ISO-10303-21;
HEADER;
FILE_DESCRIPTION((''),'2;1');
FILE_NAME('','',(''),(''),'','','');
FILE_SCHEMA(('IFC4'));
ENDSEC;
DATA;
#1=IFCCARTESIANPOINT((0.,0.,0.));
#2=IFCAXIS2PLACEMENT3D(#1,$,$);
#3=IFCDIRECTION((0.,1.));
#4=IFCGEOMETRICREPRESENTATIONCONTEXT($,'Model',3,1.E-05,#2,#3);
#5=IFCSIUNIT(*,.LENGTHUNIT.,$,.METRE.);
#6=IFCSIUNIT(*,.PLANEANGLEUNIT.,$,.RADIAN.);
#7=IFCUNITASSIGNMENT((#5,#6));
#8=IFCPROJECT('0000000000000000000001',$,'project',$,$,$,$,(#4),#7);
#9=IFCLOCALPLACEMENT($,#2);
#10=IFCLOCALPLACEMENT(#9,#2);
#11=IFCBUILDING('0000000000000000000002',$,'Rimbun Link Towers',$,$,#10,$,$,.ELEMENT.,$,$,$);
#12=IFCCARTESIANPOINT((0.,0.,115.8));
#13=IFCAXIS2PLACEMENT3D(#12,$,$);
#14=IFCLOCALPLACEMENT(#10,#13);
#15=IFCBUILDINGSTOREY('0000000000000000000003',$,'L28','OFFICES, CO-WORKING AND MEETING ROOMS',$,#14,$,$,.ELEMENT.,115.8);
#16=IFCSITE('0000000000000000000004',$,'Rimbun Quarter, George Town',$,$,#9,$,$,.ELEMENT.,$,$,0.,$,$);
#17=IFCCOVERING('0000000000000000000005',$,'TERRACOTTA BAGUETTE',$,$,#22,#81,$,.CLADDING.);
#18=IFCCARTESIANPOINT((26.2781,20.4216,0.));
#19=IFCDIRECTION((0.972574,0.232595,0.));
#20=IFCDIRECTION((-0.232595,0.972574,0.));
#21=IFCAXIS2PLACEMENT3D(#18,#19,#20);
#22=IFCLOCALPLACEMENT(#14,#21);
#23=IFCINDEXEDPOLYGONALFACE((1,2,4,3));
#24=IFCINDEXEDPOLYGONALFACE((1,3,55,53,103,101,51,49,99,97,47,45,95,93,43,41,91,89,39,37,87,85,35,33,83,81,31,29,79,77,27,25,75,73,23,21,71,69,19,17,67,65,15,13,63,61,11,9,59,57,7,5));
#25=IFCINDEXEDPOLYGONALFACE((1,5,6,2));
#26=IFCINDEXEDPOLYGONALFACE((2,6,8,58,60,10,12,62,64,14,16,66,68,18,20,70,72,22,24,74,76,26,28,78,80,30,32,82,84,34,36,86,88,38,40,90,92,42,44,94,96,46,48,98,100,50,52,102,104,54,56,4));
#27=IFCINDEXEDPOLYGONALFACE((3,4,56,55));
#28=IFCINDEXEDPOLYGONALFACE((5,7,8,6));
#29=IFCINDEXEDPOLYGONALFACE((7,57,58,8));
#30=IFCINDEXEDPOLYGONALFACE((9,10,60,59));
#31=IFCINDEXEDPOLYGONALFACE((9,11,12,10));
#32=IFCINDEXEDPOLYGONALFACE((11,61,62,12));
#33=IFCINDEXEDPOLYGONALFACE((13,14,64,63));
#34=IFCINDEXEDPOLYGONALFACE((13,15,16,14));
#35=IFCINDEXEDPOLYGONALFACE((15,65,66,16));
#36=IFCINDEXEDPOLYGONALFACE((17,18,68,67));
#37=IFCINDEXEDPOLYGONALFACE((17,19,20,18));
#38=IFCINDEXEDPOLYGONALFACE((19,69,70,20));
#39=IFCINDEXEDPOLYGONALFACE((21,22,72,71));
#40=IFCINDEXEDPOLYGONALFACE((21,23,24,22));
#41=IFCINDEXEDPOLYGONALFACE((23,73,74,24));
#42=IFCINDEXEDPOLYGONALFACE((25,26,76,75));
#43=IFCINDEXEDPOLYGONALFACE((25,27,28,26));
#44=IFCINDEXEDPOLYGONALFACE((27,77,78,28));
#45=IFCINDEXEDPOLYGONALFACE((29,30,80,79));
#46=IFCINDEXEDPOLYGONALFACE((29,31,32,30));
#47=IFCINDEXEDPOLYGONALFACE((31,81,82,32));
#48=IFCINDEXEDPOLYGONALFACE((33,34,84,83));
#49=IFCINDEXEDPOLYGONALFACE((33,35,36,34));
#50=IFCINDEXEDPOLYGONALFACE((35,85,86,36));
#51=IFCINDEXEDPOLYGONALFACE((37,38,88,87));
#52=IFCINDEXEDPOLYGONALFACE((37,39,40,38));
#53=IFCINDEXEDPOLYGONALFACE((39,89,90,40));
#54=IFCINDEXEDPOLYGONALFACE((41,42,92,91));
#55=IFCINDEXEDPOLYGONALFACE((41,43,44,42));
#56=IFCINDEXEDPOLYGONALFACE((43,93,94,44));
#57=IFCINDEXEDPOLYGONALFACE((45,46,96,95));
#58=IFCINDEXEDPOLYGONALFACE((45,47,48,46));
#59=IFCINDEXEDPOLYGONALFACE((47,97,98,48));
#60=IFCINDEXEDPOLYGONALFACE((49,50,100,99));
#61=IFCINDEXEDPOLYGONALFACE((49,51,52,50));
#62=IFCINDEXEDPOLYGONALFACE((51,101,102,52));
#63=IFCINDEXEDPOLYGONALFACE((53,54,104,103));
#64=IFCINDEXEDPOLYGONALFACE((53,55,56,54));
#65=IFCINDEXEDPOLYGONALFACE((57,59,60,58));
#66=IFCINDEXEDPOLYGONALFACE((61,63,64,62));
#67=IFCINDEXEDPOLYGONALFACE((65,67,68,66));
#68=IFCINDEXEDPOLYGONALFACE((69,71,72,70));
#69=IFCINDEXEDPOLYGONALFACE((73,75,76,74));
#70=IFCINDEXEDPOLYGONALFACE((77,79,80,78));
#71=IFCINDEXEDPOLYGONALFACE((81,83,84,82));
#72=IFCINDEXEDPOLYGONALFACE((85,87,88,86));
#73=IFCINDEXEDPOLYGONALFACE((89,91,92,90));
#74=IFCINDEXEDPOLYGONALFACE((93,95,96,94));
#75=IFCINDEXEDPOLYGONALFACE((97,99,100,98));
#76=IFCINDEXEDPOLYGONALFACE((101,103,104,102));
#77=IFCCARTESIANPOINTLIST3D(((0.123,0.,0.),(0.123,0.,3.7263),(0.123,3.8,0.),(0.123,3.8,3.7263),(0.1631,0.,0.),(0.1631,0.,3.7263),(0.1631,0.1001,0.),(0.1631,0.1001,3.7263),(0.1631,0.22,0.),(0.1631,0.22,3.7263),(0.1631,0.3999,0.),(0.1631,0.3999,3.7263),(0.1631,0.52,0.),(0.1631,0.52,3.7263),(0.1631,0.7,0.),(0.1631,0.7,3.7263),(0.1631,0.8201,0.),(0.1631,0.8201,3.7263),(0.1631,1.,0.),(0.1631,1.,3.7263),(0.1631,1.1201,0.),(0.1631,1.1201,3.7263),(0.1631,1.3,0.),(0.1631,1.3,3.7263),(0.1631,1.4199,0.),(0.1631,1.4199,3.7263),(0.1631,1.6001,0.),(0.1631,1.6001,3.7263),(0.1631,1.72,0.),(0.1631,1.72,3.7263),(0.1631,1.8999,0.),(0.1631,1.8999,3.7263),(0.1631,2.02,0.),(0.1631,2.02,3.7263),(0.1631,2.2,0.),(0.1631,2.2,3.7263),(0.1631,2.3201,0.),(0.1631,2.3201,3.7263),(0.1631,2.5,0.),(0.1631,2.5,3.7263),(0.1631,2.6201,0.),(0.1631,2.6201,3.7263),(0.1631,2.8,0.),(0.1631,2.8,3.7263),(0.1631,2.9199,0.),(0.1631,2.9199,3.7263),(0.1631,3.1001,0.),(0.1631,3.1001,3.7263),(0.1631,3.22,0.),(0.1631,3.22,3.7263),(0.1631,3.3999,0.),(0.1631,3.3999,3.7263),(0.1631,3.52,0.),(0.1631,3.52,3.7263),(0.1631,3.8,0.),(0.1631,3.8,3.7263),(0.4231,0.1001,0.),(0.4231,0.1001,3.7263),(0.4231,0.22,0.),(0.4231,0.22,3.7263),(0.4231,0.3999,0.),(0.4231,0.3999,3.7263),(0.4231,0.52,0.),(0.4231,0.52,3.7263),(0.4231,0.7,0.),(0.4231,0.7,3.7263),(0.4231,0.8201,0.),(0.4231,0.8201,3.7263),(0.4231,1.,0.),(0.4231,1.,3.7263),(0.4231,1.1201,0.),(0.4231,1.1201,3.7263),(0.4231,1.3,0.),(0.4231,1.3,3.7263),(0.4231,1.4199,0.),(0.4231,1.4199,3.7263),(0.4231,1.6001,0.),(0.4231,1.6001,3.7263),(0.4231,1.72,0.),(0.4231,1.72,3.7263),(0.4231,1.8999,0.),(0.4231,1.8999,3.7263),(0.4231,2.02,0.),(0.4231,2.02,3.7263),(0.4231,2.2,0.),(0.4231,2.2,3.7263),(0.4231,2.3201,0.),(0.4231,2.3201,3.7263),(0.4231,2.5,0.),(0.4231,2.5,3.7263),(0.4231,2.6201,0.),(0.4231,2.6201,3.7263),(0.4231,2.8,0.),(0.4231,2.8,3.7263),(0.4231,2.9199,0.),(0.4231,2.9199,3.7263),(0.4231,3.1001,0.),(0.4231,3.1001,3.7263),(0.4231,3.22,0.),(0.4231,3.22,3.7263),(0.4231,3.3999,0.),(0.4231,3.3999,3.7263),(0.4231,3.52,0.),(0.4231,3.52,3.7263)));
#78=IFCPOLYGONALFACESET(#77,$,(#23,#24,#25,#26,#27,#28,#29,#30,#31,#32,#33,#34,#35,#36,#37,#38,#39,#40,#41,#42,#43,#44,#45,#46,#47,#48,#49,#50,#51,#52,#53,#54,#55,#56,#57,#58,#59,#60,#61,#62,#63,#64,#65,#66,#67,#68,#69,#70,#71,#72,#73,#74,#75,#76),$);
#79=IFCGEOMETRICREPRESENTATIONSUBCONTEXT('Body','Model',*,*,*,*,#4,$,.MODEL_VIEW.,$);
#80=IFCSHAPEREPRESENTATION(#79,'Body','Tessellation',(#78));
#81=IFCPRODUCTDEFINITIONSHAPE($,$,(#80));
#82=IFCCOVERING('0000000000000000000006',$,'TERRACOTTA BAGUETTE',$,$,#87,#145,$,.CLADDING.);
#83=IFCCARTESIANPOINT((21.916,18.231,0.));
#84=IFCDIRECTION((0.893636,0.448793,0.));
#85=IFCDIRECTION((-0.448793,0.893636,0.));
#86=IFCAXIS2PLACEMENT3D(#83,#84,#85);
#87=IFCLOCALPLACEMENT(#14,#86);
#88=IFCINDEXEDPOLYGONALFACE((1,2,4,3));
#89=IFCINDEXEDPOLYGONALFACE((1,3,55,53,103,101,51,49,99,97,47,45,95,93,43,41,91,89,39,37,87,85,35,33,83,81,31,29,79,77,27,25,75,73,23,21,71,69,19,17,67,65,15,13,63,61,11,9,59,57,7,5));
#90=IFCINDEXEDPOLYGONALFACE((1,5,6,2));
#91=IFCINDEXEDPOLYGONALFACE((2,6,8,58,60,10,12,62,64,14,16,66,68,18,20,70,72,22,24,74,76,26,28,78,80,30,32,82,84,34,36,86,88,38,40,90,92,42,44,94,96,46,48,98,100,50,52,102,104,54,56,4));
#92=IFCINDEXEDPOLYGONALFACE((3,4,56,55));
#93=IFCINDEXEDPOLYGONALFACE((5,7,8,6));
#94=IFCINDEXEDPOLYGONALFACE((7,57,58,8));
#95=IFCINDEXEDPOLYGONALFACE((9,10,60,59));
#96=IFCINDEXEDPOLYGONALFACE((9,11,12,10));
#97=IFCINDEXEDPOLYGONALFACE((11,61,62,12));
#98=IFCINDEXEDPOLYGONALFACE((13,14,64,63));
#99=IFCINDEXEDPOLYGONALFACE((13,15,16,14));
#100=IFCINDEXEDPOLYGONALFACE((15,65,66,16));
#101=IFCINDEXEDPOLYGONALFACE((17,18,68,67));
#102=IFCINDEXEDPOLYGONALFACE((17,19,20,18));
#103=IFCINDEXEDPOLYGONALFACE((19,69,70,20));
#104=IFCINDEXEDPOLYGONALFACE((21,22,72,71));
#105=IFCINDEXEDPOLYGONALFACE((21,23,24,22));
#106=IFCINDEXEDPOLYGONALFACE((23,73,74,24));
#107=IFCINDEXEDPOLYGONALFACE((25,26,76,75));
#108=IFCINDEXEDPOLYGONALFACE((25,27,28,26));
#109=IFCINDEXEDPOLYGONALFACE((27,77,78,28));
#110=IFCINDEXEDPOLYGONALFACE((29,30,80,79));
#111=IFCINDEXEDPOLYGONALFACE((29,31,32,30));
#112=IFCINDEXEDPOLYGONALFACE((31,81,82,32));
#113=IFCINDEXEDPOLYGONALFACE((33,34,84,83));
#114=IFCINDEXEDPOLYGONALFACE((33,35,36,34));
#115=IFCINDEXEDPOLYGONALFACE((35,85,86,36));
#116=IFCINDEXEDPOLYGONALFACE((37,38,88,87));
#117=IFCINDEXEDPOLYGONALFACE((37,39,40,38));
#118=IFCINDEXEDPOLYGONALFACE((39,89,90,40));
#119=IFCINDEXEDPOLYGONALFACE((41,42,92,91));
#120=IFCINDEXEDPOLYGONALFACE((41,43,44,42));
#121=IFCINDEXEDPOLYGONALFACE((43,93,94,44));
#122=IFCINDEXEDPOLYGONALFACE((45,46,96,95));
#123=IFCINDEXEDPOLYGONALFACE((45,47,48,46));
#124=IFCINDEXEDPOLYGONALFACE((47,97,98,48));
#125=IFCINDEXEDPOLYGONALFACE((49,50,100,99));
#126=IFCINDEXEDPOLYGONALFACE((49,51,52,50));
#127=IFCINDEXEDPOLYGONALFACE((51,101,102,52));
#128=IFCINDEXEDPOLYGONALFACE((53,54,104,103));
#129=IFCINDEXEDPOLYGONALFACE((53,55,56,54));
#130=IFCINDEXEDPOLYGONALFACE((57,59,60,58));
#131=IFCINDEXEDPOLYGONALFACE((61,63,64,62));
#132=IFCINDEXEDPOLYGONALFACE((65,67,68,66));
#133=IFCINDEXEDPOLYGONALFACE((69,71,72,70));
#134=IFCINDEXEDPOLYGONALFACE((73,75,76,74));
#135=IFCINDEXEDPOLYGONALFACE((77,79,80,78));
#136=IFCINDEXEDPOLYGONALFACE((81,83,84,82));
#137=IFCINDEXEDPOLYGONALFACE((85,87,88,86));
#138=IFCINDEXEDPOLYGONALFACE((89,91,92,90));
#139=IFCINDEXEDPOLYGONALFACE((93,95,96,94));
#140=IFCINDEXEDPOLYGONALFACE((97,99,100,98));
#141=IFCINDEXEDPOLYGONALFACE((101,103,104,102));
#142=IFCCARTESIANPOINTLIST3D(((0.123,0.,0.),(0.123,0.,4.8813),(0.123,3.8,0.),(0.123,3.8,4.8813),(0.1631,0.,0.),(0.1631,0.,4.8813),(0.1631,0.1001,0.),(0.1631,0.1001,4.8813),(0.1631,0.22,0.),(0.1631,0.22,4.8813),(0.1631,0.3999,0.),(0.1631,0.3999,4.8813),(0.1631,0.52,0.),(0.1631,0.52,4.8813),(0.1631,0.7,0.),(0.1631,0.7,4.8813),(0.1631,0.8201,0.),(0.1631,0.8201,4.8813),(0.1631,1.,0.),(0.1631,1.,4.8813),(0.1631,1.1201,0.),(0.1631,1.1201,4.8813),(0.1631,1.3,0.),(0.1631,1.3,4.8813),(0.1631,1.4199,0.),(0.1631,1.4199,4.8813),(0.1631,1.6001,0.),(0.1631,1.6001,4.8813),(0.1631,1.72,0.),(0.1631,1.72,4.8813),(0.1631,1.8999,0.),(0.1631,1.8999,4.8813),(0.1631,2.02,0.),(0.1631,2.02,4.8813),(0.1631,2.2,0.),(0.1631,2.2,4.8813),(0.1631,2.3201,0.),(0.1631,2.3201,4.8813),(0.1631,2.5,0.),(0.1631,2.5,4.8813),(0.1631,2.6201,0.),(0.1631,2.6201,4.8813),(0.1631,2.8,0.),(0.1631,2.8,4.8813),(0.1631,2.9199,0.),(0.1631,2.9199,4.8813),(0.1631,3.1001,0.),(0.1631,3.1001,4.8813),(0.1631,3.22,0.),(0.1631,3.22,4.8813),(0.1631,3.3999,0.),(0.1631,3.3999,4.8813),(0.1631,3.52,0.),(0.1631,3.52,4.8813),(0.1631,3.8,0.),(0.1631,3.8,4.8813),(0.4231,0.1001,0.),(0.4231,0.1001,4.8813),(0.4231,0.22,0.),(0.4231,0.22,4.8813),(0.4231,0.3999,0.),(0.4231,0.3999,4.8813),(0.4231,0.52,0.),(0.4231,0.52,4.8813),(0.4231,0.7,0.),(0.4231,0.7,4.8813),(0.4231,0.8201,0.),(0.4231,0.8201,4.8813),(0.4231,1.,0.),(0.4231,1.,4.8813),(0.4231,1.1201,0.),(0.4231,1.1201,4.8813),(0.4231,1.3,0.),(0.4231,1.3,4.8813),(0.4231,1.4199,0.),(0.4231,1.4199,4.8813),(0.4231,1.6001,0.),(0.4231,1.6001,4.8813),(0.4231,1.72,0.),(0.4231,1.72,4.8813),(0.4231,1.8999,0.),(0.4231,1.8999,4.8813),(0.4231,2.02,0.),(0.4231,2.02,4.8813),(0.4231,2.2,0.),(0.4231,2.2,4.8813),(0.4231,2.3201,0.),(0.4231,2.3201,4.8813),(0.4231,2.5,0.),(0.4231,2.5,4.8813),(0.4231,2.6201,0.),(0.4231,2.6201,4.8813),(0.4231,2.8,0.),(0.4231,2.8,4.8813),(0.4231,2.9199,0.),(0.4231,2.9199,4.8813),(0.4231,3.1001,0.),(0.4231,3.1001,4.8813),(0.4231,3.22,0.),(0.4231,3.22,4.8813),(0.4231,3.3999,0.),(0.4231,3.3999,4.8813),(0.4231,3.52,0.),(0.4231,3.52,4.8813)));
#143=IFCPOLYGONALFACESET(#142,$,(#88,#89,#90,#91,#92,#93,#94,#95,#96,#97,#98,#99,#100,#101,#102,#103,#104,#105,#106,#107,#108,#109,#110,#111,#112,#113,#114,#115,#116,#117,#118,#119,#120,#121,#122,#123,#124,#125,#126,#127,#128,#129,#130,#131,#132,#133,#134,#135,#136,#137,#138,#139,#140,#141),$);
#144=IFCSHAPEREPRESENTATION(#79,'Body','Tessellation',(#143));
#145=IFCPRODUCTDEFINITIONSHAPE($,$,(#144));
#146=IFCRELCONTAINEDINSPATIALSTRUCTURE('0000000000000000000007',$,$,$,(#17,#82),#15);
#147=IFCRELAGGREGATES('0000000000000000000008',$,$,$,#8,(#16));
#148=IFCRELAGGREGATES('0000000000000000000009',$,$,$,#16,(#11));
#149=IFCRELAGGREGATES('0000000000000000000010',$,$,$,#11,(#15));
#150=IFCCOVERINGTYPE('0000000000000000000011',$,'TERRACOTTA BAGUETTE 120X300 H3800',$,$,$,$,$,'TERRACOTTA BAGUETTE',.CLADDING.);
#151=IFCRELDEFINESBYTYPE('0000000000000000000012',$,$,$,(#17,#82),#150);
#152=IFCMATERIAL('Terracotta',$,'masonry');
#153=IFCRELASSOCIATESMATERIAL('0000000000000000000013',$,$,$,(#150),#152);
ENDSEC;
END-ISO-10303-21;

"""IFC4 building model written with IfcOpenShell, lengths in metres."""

from ifc_helpers import new_model, si_unit, direction, frame, origin, place, context, subcontext, project, spatial, polyline, outline, extrude, material, material_profile, profile_set, type_object, element, save


model = new_model("IFC4")

# Units and contexts
model_context = context("Model", 3, precision=1e-05, world=origin(), true_north=direction((0.0, 1.0)))
body_context = subcontext(model_context, "Body", "Model", "MODEL_VIEW")
ifc_project = project(units=[si_unit("LENGTHUNIT", "METRE"), si_unit("PLANEANGLEUNIT", "RADIAN")], contexts=[model_context])

# Site, building, storey
site_placement = place(None, origin())
site = spatial("IfcSite", under=ifc_project, at=site_placement, Name="Rimbun Quarter, George Town", CompositionType="ELEMENT", RefElevation=0.0)
building_placement = place(site_placement, origin())
building = spatial("IfcBuilding", under=site, at=building_placement, Name="Rimbun Link Towers", CompositionType="ELEMENT")
storey_placement = place(building_placement, frame((0.0, 0.0, 115.8)))
storey = spatial("IfcBuildingStorey", under=building, at=storey_placement, Name="L28", Description="OFFICES, CO-WORKING AND MEETING ROOMS", CompositionType="ELEMENT", Elevation=115.8)

# Coverings
ifc_material_1 = material(Name="Terracotta", Category="masonry")
ifc_material_profile_1 = material_profile(ifc_material_1, outline(polyline([(0.123, 0.0), (0.1631, 0.0), (0.1631, 0.1001), (0.4231, 0.1001), (0.4231, 0.22), (0.1631, 0.22), (0.1631, 0.3999), (0.4231, 0.3999), (0.4231, 0.52), (0.1631, 0.52), (0.1631, 0.7), (0.4231, 0.7), (0.4231, 0.8201), (0.1631, 0.8201), (0.1631, 1.0), (0.4231, 1.0), (0.4231, 1.1201), (0.1631, 1.1201), (0.1631, 1.3), (0.4231, 1.3), (0.4231, 1.4199), (0.1631, 1.4199), (0.1631, 1.6001), (0.4231, 1.6001), (0.4231, 1.72), (0.1631, 1.72), (0.1631, 1.8999), (0.4231, 1.8999), (0.4231, 2.02), (0.1631, 2.02), (0.1631, 2.2), (0.4231, 2.2), (0.4231, 2.3201), (0.1631, 2.3201), (0.1631, 2.5), (0.4231, 2.5), (0.4231, 2.6201), (0.1631, 2.6201), (0.1631, 2.8), (0.4231, 2.8), (0.4231, 2.9199), (0.1631, 2.9199), (0.1631, 3.1001), (0.4231, 3.1001), (0.4231, 3.22), (0.1631, 3.22), (0.1631, 3.3999), (0.4231, 3.3999), (0.4231, 3.52), (0.1631, 3.52), (0.1631, 3.8), (0.123, 3.8), (0.123, 0.0)])), Name="BAGUETTE 120X300")
ifc_profile_set_1 = profile_set([ifc_material_profile_1], Name="Terracotta")
covering_type = type_object("IfcCoveringType", Name="TERRACOTTA BAGUETTE 120X300 H3800", ElementType="TERRACOTTA BAGUETTE", PredefinedType="CLADDING", material=ifc_profile_set_1)
covering_1_placement = place(storey_placement, frame((26.2781, 20.4216, 0.0), z_axis=(0.972574, 0.232595, 0.0), x_axis=(-0.232595, 0.972574, 0.0)))
element("IfcCovering", 1, at=covering_1_placement, inside=storey, type_object=covering_type, Name="TERRACOTTA BAGUETTE", PredefinedType="CLADDING", context=body_context, shape_type="SweptSolid", body=[
    extrude(outline(polyline([(0.123, 0.0), (0.1631, 0.0), (0.1631, 0.1001), (0.4231, 0.1001), (0.4231, 0.22), (0.1631, 0.22), (0.1631, 0.3999), (0.4231, 0.3999), (0.4231, 0.52), (0.1631, 0.52), (0.1631, 0.7), (0.4231, 0.7), (0.4231, 0.8201), (0.1631, 0.8201), (0.1631, 1.0), (0.4231, 1.0), (0.4231, 1.1201), (0.1631, 1.1201), (0.1631, 1.3), (0.4231, 1.3), (0.4231, 1.4199), (0.1631, 1.4199), (0.1631, 1.6001), (0.4231, 1.6001), (0.4231, 1.72), (0.1631, 1.72), (0.1631, 1.8999), (0.4231, 1.8999), (0.4231, 2.02), (0.1631, 2.02), (0.1631, 2.2), (0.4231, 2.2), (0.4231, 2.3201), (0.1631, 2.3201), (0.1631, 2.5), (0.4231, 2.5), (0.4231, 2.6201), (0.1631, 2.6201), (0.1631, 2.8), (0.4231, 2.8), (0.4231, 2.9199), (0.1631, 2.9199), (0.1631, 3.1001), (0.4231, 3.1001), (0.4231, 3.22), (0.1631, 3.22), (0.1631, 3.3999), (0.4231, 3.3999), (0.4231, 3.52), (0.1631, 3.52), (0.1631, 3.8), (0.123, 3.8), (0.123, 0.0)])), origin(), (0.0, 0.0, 1.0), 3.7263),
])
covering_2_placement = place(storey_placement, frame((21.916, 18.231, 0.0), z_axis=(0.893636, 0.448793, 0.0), x_axis=(-0.448793, 0.893636, 0.0)))
element("IfcCovering", 2, at=covering_2_placement, inside=storey, type_object=covering_type, Name="TERRACOTTA BAGUETTE", PredefinedType="CLADDING", context=body_context, shape_type="SweptSolid", body=[
    extrude(outline(polyline([(0.123, 0.0), (0.1631, 0.0), (0.1631, 0.1001), (0.4231, 0.1001), (0.4231, 0.22), (0.1631, 0.22), (0.1631, 0.3999), (0.4231, 0.3999), (0.4231, 0.52), (0.1631, 0.52), (0.1631, 0.7), (0.4231, 0.7), (0.4231, 0.8201), (0.1631, 0.8201), (0.1631, 1.0), (0.4231, 1.0), (0.4231, 1.1201), (0.1631, 1.1201), (0.1631, 1.3), (0.4231, 1.3), (0.4231, 1.4199), (0.1631, 1.4199), (0.1631, 1.6001), (0.4231, 1.6001), (0.4231, 1.72), (0.1631, 1.72), (0.1631, 1.8999), (0.4231, 1.8999), (0.4231, 2.02), (0.1631, 2.02), (0.1631, 2.2), (0.4231, 2.2), (0.4231, 2.3201), (0.1631, 2.3201), (0.1631, 2.5), (0.4231, 2.5), (0.4231, 2.6201), (0.1631, 2.6201), (0.1631, 2.8), (0.4231, 2.8), (0.4231, 2.9199), (0.1631, 2.9199), (0.1631, 3.1001), (0.4231, 3.1001), (0.4231, 3.22), (0.1631, 3.22), (0.1631, 3.3999), (0.4231, 3.3999), (0.4231, 3.52), (0.1631, 3.52), (0.1631, 3.8), (0.123, 3.8), (0.123, 0.0)])), origin(), (0.0, 0.0, 1.0), 4.8813),
])

save(model, "model.ifc")
